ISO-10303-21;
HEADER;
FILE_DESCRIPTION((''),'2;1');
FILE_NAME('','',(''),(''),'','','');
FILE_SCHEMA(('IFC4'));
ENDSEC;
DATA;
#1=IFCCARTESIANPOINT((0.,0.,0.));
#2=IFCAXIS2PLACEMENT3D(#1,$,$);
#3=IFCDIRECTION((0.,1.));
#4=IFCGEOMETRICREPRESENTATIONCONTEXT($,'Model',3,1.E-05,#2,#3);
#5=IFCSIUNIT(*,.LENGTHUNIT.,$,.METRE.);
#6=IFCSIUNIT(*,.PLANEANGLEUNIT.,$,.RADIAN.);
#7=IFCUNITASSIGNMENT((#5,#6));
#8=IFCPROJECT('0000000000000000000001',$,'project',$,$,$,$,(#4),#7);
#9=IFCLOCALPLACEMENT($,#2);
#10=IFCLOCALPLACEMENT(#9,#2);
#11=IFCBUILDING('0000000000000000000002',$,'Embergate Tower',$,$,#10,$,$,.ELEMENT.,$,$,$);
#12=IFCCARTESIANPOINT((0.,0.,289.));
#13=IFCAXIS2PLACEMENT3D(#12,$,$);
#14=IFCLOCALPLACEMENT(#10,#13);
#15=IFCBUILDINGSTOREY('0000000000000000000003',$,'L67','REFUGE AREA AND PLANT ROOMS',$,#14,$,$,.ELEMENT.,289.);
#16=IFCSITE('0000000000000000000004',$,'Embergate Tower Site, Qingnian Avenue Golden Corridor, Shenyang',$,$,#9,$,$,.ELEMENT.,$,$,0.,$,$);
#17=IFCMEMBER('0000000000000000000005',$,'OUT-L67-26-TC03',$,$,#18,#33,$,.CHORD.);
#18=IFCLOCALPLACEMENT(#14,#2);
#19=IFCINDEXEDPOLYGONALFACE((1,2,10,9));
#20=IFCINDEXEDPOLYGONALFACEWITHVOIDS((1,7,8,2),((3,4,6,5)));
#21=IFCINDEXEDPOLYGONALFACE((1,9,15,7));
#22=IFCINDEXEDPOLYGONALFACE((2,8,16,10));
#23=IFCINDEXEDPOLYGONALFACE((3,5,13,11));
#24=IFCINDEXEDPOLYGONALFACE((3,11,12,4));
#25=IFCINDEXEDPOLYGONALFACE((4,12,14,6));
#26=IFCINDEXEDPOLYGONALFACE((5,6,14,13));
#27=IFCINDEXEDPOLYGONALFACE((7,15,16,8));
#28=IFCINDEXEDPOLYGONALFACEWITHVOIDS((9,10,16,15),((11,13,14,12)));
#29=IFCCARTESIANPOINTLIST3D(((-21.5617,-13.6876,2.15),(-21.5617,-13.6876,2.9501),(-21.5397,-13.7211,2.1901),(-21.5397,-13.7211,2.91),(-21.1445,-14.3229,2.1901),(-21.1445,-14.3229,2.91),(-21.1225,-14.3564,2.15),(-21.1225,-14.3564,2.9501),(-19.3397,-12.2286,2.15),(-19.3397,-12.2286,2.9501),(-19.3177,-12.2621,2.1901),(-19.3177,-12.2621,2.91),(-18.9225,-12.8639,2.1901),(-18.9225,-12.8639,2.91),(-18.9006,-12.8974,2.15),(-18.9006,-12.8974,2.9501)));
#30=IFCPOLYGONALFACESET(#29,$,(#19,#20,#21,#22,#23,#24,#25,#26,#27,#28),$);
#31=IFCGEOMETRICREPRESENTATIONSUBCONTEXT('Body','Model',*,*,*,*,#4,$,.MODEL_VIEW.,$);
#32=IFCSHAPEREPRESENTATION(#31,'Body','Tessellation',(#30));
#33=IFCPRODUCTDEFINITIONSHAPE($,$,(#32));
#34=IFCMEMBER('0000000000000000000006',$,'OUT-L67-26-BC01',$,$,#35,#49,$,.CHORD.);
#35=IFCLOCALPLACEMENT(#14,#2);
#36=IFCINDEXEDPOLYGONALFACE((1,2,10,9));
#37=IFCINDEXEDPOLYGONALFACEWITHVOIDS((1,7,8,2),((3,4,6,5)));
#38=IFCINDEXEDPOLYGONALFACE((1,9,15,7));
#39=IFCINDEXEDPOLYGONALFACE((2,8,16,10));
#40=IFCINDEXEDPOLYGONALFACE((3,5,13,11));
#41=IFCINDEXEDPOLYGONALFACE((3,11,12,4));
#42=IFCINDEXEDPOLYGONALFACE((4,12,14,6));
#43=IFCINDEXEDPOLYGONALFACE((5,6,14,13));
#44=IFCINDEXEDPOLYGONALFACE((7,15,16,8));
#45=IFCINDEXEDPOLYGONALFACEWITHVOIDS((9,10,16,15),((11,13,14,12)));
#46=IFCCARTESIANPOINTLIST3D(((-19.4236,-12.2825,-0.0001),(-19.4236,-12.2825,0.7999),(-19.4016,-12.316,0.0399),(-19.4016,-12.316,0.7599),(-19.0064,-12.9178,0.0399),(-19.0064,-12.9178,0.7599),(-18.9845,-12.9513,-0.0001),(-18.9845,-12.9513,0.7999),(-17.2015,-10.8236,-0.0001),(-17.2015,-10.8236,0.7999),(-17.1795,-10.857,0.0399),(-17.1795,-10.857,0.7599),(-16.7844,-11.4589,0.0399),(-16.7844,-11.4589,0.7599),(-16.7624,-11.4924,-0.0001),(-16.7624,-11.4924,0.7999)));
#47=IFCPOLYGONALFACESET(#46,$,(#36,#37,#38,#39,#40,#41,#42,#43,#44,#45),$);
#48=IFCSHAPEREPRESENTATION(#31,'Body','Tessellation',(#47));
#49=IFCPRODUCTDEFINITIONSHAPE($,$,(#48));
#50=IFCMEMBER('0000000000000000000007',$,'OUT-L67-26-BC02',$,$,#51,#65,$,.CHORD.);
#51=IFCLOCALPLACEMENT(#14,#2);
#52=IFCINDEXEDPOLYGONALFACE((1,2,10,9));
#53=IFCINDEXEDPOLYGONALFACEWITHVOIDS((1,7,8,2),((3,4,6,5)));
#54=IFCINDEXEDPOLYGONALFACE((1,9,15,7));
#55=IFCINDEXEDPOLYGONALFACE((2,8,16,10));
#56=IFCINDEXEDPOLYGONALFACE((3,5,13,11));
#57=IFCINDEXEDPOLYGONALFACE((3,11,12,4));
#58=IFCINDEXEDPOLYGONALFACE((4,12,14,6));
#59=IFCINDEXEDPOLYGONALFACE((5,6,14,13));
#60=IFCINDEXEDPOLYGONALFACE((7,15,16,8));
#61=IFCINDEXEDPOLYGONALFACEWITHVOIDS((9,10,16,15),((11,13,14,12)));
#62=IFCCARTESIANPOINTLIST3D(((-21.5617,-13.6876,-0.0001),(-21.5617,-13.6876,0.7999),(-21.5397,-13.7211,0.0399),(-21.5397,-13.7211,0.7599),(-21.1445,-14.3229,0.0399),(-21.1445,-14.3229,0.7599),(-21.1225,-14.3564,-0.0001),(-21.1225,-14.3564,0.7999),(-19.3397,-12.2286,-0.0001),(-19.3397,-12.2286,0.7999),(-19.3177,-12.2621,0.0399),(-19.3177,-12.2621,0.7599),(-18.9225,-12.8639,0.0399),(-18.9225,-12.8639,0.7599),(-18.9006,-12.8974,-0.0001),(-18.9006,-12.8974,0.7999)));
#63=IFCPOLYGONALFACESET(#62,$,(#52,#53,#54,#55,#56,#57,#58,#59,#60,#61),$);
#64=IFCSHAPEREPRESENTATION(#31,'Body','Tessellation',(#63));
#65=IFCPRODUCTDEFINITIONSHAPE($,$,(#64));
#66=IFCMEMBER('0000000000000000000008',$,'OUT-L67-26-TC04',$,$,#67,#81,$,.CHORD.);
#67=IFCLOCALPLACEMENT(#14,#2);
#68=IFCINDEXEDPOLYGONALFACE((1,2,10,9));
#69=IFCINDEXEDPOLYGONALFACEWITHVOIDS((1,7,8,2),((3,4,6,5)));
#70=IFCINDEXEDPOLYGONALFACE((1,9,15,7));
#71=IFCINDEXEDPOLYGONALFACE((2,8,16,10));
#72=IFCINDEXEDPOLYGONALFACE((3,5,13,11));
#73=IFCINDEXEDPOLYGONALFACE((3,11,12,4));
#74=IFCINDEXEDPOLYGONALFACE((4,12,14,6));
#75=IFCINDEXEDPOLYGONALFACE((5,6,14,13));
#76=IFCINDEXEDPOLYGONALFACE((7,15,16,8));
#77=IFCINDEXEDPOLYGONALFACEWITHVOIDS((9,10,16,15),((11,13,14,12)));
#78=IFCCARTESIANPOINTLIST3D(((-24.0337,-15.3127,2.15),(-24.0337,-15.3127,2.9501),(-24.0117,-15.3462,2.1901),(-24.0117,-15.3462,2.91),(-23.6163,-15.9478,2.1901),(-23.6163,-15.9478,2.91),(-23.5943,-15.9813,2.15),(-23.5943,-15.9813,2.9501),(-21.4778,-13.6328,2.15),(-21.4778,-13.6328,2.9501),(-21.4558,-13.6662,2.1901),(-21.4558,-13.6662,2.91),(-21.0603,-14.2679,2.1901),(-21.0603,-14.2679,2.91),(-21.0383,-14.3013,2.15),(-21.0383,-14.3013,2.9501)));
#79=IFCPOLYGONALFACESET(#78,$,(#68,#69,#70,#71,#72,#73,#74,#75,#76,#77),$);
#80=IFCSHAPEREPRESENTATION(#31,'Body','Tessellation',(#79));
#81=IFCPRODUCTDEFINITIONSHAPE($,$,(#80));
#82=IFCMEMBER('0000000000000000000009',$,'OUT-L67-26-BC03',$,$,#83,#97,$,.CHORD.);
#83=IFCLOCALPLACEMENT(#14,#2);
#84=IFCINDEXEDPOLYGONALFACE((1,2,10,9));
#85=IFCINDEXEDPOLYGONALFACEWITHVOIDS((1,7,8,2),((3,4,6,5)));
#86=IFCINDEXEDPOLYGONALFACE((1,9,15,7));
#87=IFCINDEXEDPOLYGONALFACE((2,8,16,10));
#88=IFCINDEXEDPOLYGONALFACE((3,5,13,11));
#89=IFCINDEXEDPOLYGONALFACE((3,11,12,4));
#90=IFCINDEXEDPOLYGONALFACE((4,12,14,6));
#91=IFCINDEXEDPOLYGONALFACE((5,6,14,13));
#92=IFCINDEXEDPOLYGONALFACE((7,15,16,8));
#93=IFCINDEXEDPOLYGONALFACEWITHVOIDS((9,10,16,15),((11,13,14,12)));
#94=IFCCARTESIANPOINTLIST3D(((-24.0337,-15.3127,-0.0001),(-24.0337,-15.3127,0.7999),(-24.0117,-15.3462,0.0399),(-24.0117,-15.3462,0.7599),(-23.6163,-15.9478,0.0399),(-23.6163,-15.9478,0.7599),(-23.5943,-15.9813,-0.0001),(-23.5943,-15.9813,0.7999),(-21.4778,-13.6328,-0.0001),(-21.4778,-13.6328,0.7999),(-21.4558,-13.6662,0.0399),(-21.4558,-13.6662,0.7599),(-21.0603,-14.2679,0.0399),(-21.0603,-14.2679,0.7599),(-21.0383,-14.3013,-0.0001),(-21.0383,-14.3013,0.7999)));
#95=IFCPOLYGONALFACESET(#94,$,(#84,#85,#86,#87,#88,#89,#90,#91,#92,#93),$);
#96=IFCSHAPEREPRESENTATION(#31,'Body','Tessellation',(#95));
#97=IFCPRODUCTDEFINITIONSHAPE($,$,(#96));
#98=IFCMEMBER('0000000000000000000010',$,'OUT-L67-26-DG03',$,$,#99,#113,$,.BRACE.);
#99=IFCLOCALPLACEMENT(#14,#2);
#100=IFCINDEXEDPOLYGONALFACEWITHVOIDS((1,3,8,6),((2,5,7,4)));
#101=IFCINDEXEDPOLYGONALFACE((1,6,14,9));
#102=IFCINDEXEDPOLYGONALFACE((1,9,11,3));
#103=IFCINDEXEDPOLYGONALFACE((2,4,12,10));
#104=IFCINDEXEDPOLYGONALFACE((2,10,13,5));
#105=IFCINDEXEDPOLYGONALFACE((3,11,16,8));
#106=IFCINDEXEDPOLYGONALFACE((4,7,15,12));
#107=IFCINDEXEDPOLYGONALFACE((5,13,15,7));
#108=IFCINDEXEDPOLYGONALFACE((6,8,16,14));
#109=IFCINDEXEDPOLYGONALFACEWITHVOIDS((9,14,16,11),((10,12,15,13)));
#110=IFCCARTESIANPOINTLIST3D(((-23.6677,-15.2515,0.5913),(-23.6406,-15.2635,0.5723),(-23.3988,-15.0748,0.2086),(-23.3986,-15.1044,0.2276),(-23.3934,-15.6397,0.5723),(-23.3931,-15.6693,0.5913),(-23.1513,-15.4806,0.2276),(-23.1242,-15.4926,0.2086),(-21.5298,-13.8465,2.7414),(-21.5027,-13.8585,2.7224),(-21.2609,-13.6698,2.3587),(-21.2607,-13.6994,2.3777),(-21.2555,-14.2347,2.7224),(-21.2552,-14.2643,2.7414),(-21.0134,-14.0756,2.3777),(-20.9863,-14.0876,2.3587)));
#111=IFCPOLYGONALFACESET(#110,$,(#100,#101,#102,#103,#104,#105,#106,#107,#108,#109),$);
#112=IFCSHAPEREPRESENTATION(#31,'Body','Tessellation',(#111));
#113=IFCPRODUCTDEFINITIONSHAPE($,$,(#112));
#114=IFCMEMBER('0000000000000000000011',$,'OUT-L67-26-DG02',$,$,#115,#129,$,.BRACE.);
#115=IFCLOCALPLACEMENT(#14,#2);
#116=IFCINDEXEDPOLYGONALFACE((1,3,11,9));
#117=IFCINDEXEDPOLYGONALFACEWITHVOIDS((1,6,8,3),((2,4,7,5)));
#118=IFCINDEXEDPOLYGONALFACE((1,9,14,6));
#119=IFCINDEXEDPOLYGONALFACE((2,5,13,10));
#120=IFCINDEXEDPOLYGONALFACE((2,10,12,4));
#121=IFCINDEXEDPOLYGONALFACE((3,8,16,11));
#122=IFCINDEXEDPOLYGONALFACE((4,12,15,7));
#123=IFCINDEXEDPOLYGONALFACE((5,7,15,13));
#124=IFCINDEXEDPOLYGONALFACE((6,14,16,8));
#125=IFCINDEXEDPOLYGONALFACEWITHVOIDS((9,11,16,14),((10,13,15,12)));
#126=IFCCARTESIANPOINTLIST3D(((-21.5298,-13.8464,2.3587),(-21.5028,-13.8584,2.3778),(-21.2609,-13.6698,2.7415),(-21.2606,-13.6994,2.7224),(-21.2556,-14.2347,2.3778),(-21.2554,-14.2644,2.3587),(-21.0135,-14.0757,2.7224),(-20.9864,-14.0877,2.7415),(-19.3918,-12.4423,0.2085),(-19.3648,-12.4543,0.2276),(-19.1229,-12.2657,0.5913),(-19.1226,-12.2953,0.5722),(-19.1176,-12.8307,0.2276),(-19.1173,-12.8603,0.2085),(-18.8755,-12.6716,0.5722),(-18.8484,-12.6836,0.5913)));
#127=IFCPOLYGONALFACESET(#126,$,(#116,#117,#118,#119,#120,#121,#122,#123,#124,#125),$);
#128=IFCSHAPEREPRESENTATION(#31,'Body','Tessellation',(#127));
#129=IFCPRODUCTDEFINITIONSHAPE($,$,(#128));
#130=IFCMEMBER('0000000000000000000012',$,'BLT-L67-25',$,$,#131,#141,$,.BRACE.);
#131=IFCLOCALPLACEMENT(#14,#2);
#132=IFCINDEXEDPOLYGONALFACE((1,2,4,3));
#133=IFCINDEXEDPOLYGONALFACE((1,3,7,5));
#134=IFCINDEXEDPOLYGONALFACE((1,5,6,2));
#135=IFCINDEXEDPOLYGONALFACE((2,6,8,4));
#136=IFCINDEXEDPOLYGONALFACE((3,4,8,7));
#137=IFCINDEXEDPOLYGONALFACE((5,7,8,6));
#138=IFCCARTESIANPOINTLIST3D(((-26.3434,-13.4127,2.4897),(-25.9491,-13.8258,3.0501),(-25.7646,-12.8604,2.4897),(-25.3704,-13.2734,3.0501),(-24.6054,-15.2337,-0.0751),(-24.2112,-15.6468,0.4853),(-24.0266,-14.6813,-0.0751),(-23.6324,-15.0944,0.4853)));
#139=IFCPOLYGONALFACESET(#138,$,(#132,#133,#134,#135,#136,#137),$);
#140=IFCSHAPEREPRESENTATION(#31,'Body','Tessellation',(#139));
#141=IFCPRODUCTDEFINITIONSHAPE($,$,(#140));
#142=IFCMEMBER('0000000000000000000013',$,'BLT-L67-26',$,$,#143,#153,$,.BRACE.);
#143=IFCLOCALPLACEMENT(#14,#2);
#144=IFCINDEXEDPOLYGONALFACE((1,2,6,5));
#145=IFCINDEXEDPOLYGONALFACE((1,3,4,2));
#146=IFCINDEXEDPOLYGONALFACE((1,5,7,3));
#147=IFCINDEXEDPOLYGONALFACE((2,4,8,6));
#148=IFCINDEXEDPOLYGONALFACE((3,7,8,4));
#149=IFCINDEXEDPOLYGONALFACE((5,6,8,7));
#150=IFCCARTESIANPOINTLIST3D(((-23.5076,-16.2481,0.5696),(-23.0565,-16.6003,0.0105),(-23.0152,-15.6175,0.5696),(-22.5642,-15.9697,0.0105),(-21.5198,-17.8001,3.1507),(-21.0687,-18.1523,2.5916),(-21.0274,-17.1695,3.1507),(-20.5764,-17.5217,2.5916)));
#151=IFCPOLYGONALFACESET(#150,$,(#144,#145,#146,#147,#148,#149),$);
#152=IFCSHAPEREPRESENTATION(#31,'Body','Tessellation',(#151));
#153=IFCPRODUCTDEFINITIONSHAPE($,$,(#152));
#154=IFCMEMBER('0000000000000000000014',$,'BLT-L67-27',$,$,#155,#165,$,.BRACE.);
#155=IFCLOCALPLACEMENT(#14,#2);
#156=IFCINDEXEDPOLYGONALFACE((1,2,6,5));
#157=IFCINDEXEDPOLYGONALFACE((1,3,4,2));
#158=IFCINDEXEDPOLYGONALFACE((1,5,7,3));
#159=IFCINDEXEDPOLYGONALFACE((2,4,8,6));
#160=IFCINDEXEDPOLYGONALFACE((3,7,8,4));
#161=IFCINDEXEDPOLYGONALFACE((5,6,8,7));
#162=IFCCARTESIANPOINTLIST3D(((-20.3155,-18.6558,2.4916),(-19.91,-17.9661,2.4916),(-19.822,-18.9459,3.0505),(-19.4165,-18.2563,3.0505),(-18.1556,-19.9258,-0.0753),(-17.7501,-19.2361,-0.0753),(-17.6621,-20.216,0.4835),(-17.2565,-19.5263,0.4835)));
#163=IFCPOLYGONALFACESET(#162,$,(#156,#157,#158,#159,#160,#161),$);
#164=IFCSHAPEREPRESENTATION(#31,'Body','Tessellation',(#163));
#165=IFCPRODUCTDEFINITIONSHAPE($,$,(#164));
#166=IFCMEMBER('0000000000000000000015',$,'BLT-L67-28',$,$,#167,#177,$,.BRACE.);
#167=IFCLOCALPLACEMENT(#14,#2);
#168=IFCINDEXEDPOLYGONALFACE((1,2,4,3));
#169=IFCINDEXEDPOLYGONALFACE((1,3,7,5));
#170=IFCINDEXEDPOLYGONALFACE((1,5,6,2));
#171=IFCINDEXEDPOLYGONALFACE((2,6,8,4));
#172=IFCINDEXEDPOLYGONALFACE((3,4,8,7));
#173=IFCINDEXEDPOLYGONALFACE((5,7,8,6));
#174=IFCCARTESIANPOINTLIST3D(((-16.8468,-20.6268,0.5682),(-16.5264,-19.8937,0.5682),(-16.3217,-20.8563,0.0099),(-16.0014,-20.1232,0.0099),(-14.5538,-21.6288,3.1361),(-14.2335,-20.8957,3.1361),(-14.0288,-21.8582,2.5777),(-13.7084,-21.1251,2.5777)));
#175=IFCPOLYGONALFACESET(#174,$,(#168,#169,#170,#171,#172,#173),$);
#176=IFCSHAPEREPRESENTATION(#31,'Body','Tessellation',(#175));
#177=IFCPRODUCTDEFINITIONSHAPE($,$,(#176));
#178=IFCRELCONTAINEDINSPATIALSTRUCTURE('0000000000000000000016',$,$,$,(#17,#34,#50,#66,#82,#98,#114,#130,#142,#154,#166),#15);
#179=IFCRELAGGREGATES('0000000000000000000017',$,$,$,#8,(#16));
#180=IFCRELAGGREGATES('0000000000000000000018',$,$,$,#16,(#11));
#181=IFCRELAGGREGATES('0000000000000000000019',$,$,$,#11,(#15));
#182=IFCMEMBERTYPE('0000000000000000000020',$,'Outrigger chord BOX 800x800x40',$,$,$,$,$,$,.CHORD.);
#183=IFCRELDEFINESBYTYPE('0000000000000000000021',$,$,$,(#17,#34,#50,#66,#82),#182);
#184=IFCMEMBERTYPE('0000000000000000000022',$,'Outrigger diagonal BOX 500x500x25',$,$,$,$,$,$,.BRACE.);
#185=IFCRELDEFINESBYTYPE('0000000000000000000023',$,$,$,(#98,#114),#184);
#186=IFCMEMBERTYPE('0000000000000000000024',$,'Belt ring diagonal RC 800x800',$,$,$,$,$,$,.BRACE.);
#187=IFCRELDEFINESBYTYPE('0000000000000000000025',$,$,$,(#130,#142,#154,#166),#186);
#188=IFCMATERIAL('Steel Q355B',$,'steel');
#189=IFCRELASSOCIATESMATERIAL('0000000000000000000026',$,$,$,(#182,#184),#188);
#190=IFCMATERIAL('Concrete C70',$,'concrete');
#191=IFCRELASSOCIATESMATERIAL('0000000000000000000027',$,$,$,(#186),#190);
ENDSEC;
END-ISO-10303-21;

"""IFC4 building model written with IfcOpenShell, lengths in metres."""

from ifc_helpers import new_model, si_unit, direction, frame, origin, origin_2d, place, context, subcontext, project, spatial, rectangle, hollow_rectangle, extrude, source, transform, mapped, material, material_profile, profile_set, type_object, element, save


model = new_model("IFC4")

# Units and contexts
model_context = context("Model", 3, precision=1e-05, world=origin(), true_north=direction((0.0, 1.0)))
body_context = subcontext(model_context, "Body", "Model", "MODEL_VIEW")
ifc_project = project(units=[si_unit("LENGTHUNIT", "METRE"), si_unit("PLANEANGLEUNIT", "RADIAN")], contexts=[model_context])

# Site, building, storey
site_placement = place(None, origin())
site = spatial("IfcSite", under=ifc_project, at=site_placement, Name="Embergate Tower Site, Qingnian Avenue Golden Corridor, Shenyang", CompositionType="ELEMENT", RefElevation=0.0)
building_placement = place(site_placement, origin())
building = spatial("IfcBuilding", under=site, at=building_placement, Name="Embergate Tower", CompositionType="ELEMENT")
storey_placement = place(building_placement, frame((0.0, 0.0, 289.0)))
storey = spatial("IfcBuildingStorey", under=building, at=storey_placement, Name="L67", Description="REFUGE AREA AND PLANT ROOMS", CompositionType="ELEMENT", Elevation=289.0)

# Shared definitions
ifc_material_1 = material(Name="Steel Q355B", Category="steel")

# Members
ifc_material_profile_1 = material_profile(ifc_material_1, hollow_rectangle(XDim=0.8, YDim=0.8, WallThickness=0.04, at=origin_2d()), Name="BOX 800x800x40")
ifc_profile_set_1 = profile_set([ifc_material_profile_1], Name="Steel Q355 grade B")
member_type_1 = type_object("IfcMemberType", Name="Outrigger chord BOX 800x800x40", PredefinedType="CHORD", material=ifc_profile_set_1)
shared_shape_1 = source(origin(), body_context, "Body", "SweptSolid", [
    extrude(hollow_rectangle(XDim=0.8, YDim=0.8, WallThickness=0.04, at=origin_2d()), origin(), (0.0, 0.0, 1.0), 2.6582),
])
for number, where, z_axis, x_axis, name in (
    (1, (-19.1201, -12.563, 2.55), (-0.835902, -0.548879, 0.0), (0.548879, -0.835902, 0.0), "OUT-L67-26-TC03"),
    (2, (-16.9819, -11.158, 0.3999), (-0.835929, -0.548837, 0.0), (0.548837, -0.835929, 0.0), "OUT-L67-26-BC01"),
    (3, (-19.1201, -12.563, 0.3999), (-0.835902, -0.548879, 0.0), (0.548879, -0.835902, 0.0), "OUT-L67-26-BC02"),
):
    element("IfcMember", number, at=place(storey_placement, frame(where, z_axis=z_axis, x_axis=x_axis)), inside=storey, type_object=member_type_1, Name=name, PredefinedType="CHORD", context=body_context, shape_type="MappedRepresentation", body=[
        mapped(shared_shape_1, transform((0.0, 0.0, 0.0))),
    ])
shared_shape_2 = source(origin(), body_context, "Body", "SweptSolid", [
    extrude(hollow_rectangle(XDim=0.8, YDim=0.8, WallThickness=0.04, at=origin_2d()), origin(), (0.0, 0.0, 1.0), 3.0586),
])
for number, where, z_axis, x_axis, name in (
    (4, (-21.2581, -13.967, 2.55), (-0.835655, -0.549254, 0.0), (0.549254, -0.835655, 0.0), "OUT-L67-26-TC04"),
    (5, (-21.2581, -13.967, 0.3999), (-0.835655, -0.549254, 0.0), (0.549254, -0.835655, 0.0), "OUT-L67-26-BC03"),
):
    element("IfcMember", number, at=place(storey_placement, frame(where, z_axis=z_axis, x_axis=x_axis)), inside=storey, type_object=member_type_1, Name=name, PredefinedType="CHORD", context=body_context, shape_type="MappedRepresentation", body=[
        mapped(shared_shape_2, transform((0.0, 0.0, 0.0))),
    ])
ifc_material_profile_2 = material_profile(ifc_material_1, hollow_rectangle(XDim=0.5, YDim=0.5, WallThickness=0.0249, at=origin_2d()), Name="BOX 500x500x25")
ifc_profile_set_2 = profile_set([ifc_material_profile_2], Name="Steel Q355 grade B")
member_type_2 = type_object("IfcMemberType", Name="Outrigger diagonal BOX 500x500x25", PredefinedType="BRACE", material=ifc_profile_set_2)
shared_shape_3 = source(origin(), body_context, "Body", "SweptSolid", [
    extrude(hollow_rectangle(XDim=0.5, YDim=0.5, WallThickness=0.0249, at=origin_2d()), origin(), (0.0, 0.0, 1.0), 3.3418),
])
member_1_placement = place(storey_placement, frame((-21.2581, -13.967, 2.55), z_axis=(-0.639746, -0.420433, -0.643398), x_axis=(0.549205, -0.835688, 0.0)))
element("IfcMember", 6, at=member_1_placement, inside=storey, type_object=member_type_2, Name="OUT-L67-26-DG03", PredefinedType="BRACE", context=body_context, shape_type="MappedRepresentation", body=[
    mapped(shared_shape_3, transform((0.0, 0.0, 0.0))),
])
shared_shape_4 = source(origin(), body_context, "Body", "SweptSolid", [
    extrude(hollow_rectangle(XDim=0.5, YDim=0.5, WallThickness=0.0249, at=origin_2d()), origin(), (0.0, 0.0, 1.0), 3.3416),
])
member_2_placement = place(storey_placement, frame((-19.1201, -12.563, 0.3999), z_axis=(-0.639824, -0.420193, 0.643477), x_axis=(0.548938, -0.835863, 0.0)))
element("IfcMember", 7, at=member_2_placement, inside=storey, type_object=member_type_2, Name="OUT-L67-26-DG02", PredefinedType="BRACE", context=body_context, shape_type="MappedRepresentation", body=[
    mapped(shared_shape_4, transform((0.0, 0.0, 0.0))),
])
ifc_material_2 = material(Name="Concrete C70", Category="concrete")
ifc_material_profile_3 = material_profile(ifc_material_2, rectangle(XDim=0.8, YDim=0.8, at=origin_2d()), Name="RC 800x800")
ifc_profile_set_3 = profile_set([ifc_material_profile_3], Name="Concrete C70")
member_type_3 = type_object("IfcMemberType", Name="Belt ring diagonal RC 800x800", PredefinedType="BRACE", material=ifc_profile_set_3)
shared_shape_5 = source(origin(), body_context, "Body", "SweptSolid", [
    extrude(rectangle(XDim=0.8, YDim=0.8, at=origin_2d()), origin(), (0.0, 0.0, 1.0), 3.5938),
])
member_3_placement = place(storey_placement, frame((-24.1189, -15.1641, 0.2051), z_axis=(-0.483612, 0.506709, 0.713699), x_axis=(-0.723402, -0.690427, 0.0)))
element("IfcMember", 8, at=member_3_placement, inside=storey, type_object=member_type_3, Name="BLT-L67-25", PredefinedType="BRACE", context=body_context, shape_type="MappedRepresentation", body=[
    mapped(shared_shape_5, transform((0.0, 0.0, 0.0))),
])
shared_shape_6 = source(origin(), body_context, "Body", "SweptSolid", [
    extrude(rectangle(XDim=0.8, YDim=0.8, at=origin_2d()), origin(), (0.0, 0.0, 1.0), 3.6086),
])
member_4_placement = place(storey_placement, frame((-23.0359, -16.1089, 0.29), z_axis=(0.550851, -0.430086, 0.715254), x_axis=(0.615407, 0.788209, 0.0)))
element("IfcMember", 9, at=member_4_placement, inside=storey, type_object=member_type_3, Name="BLT-L67-26", PredefinedType="BRACE", context=body_context, shape_type="MappedRepresentation", body=[
    mapped(shared_shape_6, transform((0.0, 0.0, 0.0))),
])
shared_shape_7 = source(origin(), body_context, "Body", "SweptSolid", [
    extrude(rectangle(XDim=0.8, YDim=0.8, at=origin_2d()), origin(), (0.0, 0.0, 1.0), 3.5872),
])
member_5_placement = place(storey_placement, frame((-17.7061, -19.7261, 0.2041), z_axis=(-0.602137, 0.354054, 0.715595), x_axis=(-0.506867, -0.862024, 0.0)))
element("IfcMember", 10, at=member_5_placement, inside=storey, type_object=member_type_3, Name="BLT-L67-27", PredefinedType="BRACE", context=body_context, shape_type="MappedRepresentation", body=[
    mapped(shared_shape_7, transform((0.0, 0.0, 0.0))),
])
shared_shape_8 = source(origin(), body_context, "Body", "SweptSolid", [
    extrude(rectangle(XDim=0.8, YDim=0.8, at=origin_2d()), origin(), (0.0, 0.0, 1.0), 3.5854),
])
member_6_placement = place(storey_placement, frame((-16.4241, -20.375, 0.2891), z_axis=(0.639517, -0.279448, 0.716189), x_axis=(0.400409, 0.916336, 0.0)))
element("IfcMember", 11, at=member_6_placement, inside=storey, type_object=member_type_3, Name="BLT-L67-28", PredefinedType="BRACE", context=body_context, shape_type="MappedRepresentation", body=[
    mapped(shared_shape_8, transform((0.0, 0.0, 0.0))),
])

save(model, "model.ifc")
